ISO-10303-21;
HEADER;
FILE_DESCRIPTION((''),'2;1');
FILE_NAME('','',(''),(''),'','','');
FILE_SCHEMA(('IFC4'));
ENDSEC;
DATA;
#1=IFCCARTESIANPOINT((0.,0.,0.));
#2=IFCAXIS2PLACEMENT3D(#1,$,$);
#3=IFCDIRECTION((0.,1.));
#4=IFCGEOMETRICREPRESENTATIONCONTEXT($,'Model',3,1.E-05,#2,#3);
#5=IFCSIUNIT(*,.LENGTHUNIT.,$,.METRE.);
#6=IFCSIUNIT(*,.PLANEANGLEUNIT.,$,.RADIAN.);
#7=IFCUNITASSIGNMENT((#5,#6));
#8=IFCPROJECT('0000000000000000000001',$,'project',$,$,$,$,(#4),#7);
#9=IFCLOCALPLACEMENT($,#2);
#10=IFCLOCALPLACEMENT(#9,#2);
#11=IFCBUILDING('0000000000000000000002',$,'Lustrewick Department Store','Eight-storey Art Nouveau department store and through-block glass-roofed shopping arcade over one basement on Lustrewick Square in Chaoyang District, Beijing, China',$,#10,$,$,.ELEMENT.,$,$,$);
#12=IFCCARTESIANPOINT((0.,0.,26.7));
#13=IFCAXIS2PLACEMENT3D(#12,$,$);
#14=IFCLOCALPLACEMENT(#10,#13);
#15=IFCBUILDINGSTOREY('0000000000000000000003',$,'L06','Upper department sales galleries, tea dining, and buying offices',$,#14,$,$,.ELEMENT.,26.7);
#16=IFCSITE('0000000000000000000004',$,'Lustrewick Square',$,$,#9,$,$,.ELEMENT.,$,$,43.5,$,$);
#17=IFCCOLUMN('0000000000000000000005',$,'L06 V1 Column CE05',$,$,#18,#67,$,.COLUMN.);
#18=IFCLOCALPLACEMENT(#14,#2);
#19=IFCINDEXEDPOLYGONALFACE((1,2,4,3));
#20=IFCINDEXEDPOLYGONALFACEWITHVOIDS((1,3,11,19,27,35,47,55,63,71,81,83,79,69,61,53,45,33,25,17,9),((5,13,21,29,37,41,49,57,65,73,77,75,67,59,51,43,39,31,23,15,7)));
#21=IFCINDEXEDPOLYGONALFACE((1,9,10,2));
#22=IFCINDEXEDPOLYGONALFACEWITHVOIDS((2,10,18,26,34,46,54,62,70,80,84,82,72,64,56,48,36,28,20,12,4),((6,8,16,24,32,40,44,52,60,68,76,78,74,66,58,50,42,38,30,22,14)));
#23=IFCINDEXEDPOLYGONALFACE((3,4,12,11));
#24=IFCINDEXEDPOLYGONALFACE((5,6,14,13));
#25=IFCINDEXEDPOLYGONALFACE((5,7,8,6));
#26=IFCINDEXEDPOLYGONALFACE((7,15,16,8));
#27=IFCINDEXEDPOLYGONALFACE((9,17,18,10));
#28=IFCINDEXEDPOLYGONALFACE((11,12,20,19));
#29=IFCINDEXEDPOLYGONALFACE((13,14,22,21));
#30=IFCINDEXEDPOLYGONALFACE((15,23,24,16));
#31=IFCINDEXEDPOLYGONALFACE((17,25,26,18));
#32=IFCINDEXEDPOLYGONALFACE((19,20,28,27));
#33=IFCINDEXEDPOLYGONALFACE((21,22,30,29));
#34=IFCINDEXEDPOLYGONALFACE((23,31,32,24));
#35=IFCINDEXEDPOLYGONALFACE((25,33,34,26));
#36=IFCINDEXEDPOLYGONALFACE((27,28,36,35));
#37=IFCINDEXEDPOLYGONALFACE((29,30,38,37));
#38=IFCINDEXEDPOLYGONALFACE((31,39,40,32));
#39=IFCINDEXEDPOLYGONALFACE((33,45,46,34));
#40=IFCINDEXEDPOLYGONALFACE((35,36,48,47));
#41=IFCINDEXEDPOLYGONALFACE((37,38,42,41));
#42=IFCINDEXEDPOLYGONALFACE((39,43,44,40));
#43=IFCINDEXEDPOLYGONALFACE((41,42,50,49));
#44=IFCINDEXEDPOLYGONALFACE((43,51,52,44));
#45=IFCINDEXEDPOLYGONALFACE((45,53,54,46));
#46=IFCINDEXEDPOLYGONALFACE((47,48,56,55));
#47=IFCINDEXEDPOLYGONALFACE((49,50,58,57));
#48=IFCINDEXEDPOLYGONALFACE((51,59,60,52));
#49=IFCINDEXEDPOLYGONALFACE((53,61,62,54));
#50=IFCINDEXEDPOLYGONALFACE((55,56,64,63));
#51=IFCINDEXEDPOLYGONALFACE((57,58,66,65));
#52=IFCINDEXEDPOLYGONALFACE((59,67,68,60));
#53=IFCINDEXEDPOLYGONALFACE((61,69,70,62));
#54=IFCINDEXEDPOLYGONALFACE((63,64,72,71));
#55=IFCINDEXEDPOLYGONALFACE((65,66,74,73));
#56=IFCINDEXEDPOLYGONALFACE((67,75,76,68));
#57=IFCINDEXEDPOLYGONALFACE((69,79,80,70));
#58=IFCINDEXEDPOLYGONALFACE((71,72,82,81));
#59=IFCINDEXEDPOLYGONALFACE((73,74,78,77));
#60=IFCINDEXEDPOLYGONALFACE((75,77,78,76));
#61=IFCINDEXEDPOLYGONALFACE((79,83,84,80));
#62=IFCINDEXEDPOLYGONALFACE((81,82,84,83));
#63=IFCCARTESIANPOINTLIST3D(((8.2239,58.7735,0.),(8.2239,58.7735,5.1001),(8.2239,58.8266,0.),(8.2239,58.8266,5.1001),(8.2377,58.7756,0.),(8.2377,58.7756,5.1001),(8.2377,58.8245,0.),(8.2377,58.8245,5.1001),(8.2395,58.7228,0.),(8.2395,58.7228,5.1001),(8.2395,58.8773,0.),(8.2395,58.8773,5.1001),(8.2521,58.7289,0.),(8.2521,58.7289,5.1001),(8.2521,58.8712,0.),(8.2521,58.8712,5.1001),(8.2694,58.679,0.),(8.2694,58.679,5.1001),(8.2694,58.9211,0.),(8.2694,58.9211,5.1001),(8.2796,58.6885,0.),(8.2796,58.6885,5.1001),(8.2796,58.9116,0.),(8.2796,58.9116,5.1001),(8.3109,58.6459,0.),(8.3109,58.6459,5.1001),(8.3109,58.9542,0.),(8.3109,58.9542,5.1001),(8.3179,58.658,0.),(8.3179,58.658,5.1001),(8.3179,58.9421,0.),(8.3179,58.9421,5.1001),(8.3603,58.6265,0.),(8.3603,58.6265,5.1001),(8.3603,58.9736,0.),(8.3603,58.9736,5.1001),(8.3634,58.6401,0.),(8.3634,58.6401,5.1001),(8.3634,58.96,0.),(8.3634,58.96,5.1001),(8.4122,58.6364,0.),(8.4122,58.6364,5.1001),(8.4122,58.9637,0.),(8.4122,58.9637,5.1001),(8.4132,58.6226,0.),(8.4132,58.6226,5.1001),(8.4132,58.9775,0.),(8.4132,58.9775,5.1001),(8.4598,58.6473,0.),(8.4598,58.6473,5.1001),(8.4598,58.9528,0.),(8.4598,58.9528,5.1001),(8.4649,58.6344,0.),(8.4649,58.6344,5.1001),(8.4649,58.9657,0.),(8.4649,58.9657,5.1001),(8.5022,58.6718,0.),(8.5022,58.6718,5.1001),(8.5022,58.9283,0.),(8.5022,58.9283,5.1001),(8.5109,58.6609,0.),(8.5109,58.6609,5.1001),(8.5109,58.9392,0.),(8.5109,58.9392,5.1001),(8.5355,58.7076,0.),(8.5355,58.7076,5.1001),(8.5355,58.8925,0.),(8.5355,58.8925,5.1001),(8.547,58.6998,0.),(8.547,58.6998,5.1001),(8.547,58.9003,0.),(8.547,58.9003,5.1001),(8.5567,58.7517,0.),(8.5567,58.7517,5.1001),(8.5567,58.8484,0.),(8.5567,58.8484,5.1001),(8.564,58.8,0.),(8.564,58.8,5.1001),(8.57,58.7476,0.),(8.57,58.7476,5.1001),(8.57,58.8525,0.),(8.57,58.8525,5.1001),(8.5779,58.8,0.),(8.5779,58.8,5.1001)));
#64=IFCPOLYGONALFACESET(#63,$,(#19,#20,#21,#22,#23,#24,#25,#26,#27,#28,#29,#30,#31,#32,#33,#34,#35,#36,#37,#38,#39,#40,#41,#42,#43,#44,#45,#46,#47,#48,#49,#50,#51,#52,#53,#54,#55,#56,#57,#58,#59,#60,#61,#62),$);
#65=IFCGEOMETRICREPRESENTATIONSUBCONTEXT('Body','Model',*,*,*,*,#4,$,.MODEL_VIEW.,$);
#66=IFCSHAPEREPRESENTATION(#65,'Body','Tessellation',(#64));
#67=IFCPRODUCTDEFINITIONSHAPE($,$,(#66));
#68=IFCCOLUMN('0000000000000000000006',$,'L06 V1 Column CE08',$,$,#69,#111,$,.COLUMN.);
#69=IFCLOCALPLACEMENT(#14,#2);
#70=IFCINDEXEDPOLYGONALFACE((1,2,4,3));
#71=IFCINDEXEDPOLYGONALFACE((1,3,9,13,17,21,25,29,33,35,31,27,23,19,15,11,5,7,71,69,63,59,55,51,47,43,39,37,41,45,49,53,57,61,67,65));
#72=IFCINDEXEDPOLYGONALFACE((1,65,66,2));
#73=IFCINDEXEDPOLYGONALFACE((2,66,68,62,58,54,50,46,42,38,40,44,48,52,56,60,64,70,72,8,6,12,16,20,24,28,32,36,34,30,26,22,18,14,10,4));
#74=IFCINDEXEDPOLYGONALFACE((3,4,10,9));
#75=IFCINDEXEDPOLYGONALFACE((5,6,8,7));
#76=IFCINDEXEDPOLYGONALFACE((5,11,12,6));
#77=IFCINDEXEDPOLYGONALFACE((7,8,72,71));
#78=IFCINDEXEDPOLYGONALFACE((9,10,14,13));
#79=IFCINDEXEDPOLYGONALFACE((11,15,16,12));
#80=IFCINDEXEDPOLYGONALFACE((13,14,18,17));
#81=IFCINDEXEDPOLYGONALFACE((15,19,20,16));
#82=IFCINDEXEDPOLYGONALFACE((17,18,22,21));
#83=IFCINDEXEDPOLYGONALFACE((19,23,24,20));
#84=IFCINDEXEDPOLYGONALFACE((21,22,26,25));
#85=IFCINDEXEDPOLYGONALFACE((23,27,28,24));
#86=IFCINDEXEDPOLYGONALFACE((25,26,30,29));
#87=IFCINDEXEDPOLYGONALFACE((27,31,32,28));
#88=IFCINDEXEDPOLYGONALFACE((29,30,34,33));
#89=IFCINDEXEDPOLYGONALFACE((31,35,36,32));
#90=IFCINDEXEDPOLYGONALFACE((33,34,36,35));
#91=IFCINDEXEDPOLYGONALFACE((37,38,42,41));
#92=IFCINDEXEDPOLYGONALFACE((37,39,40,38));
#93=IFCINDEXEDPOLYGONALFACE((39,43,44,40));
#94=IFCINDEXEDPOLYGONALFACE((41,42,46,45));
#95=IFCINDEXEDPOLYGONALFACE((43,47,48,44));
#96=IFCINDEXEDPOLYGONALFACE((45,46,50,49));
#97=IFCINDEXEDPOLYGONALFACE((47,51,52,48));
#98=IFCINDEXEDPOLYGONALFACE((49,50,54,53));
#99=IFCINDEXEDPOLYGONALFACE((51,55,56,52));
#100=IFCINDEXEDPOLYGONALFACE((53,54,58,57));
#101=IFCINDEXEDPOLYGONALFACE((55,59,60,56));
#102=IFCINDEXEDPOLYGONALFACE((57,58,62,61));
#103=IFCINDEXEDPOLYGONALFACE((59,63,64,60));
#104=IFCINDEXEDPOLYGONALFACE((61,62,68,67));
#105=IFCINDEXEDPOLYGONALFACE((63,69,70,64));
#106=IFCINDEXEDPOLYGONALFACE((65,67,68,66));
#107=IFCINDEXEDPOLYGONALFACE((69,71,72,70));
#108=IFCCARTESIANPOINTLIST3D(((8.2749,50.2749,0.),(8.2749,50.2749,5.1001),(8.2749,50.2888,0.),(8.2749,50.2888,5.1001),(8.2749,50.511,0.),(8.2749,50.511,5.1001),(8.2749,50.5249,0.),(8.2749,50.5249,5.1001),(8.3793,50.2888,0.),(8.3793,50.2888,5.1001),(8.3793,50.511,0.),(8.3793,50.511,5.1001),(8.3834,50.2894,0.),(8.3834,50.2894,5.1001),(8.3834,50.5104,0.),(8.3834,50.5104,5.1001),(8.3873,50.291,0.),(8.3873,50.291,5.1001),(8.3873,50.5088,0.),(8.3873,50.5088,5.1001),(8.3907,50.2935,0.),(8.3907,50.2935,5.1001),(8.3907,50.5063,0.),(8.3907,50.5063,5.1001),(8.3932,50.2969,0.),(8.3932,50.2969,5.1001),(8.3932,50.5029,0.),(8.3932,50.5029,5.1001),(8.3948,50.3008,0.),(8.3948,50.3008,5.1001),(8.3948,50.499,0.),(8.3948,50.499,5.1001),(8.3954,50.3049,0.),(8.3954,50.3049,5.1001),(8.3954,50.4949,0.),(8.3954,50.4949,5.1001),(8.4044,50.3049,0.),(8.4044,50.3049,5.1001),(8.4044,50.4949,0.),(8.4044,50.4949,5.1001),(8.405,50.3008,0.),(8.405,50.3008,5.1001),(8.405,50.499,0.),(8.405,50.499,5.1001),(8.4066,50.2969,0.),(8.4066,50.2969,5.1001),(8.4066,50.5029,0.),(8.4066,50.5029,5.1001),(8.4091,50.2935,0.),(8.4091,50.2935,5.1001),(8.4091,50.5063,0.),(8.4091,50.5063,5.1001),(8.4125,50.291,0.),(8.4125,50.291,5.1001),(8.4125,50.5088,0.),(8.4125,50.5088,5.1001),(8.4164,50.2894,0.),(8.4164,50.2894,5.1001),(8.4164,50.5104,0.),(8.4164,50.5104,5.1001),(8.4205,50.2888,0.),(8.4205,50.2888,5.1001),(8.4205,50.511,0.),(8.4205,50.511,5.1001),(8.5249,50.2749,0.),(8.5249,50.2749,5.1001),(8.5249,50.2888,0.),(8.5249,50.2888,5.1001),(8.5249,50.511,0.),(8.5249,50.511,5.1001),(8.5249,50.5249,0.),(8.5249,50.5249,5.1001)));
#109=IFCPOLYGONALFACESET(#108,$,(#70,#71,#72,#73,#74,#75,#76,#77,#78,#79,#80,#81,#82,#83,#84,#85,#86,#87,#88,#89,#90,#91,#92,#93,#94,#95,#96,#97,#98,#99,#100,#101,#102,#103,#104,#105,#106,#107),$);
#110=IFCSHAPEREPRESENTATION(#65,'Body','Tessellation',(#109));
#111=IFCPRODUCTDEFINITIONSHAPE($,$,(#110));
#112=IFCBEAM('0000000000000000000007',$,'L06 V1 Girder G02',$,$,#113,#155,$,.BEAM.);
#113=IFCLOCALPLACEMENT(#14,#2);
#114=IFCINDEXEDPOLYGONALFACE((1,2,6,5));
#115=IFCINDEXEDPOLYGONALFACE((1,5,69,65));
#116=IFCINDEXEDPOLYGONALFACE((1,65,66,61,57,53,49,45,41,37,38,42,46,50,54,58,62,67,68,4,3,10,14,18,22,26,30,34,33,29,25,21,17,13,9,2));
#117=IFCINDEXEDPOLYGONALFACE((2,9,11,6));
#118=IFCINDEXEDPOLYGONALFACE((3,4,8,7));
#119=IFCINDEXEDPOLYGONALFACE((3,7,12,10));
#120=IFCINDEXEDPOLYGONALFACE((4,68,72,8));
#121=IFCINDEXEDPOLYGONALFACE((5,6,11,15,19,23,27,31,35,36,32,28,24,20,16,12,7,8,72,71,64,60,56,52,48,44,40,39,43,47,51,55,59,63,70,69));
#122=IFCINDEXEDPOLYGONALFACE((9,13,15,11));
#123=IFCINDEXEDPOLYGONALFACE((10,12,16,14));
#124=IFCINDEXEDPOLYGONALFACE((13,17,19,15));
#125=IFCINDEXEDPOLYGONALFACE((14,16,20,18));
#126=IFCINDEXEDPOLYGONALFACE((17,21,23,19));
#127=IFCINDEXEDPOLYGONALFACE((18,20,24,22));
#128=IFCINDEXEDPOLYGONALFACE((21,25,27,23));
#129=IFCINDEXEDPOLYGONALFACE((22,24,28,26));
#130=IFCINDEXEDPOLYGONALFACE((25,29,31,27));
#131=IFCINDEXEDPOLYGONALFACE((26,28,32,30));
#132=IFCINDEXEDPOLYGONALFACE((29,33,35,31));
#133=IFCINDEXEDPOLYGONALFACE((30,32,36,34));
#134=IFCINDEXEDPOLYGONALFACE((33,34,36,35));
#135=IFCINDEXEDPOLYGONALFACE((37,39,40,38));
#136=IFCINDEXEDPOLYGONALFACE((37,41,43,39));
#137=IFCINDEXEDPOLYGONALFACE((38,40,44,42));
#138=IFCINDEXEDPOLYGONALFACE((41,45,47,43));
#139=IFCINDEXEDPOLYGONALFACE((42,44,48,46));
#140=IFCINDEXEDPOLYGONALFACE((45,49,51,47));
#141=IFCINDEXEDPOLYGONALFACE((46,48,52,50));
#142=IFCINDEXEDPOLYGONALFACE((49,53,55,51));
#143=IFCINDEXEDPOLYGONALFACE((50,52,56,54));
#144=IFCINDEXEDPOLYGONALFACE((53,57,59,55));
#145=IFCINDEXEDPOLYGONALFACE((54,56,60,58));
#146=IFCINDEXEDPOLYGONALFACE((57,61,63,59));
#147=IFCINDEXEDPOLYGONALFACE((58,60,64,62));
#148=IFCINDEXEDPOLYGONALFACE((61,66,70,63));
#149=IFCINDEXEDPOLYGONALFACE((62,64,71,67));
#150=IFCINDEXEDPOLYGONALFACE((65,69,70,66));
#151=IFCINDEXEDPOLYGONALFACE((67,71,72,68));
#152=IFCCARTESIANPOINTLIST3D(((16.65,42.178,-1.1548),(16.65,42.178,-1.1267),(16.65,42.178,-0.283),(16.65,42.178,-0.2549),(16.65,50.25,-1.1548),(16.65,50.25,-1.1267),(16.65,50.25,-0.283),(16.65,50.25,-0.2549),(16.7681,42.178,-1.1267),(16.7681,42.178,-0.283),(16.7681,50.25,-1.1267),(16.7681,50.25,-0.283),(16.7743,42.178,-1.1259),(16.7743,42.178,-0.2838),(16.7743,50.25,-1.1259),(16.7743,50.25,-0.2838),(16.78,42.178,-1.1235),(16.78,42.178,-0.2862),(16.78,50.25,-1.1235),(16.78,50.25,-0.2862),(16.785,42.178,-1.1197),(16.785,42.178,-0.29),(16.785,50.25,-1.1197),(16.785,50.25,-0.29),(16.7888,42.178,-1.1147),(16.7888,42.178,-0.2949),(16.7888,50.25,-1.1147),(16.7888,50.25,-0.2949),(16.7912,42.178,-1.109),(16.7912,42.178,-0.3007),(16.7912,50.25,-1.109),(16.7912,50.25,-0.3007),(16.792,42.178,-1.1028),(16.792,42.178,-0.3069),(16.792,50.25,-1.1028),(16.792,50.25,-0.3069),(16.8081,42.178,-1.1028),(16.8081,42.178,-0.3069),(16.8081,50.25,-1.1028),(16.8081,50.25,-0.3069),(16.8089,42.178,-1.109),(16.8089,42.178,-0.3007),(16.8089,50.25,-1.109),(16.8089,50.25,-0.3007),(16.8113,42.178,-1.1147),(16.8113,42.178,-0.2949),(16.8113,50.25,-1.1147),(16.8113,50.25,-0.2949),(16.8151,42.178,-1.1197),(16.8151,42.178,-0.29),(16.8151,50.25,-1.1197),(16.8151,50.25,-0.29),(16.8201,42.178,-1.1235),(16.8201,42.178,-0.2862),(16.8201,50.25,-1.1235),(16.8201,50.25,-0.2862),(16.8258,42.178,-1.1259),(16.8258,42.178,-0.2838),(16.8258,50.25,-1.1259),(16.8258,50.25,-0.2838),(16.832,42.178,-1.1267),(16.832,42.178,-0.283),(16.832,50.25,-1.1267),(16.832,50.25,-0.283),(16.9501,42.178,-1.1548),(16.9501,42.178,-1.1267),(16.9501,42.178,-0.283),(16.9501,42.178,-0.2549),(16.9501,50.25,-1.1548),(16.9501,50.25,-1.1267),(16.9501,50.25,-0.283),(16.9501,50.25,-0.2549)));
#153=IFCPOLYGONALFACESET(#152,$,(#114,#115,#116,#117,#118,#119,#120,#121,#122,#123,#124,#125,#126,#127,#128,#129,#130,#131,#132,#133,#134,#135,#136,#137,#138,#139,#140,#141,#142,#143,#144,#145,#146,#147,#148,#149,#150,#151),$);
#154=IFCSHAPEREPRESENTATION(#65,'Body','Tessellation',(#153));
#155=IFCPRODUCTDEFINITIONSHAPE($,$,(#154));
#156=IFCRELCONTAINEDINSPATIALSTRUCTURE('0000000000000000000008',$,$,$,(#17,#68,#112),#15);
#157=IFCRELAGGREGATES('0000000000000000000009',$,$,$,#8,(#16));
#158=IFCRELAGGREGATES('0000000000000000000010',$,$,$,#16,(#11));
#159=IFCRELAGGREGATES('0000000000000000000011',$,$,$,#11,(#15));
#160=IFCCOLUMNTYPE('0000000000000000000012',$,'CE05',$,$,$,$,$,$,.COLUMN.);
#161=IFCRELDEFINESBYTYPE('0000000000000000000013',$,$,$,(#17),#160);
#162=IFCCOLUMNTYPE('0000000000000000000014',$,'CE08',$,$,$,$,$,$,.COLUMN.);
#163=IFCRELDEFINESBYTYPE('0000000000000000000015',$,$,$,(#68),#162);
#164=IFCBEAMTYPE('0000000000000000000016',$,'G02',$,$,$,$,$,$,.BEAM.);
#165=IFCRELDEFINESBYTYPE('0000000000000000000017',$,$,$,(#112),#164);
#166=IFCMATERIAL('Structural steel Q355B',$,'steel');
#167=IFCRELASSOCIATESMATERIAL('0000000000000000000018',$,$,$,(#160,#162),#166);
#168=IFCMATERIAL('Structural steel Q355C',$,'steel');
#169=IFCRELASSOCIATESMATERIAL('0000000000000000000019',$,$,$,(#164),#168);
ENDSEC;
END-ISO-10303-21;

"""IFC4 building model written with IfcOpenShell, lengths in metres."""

from ifc_helpers import new_model, si_unit, direction, frame, origin, origin_2d, place, context, subcontext, project, spatial, hollow_circle, i_section, extrude, material, material_profile, profile_set, type_object, element, save


model = new_model("IFC4")

# Units and contexts
model_context = context("Model", 3, precision=1e-05, world=origin(), true_north=direction((0.0, 1.0)))
body_context = subcontext(model_context, "Body", "Model", "MODEL_VIEW")
ifc_project = project(units=[si_unit("LENGTHUNIT", "METRE"), si_unit("PLANEANGLEUNIT", "RADIAN")], contexts=[model_context])

# Site, building, storey
site_placement = place(None, origin())
site = spatial("IfcSite", under=ifc_project, at=site_placement, Name="Lustrewick Square", CompositionType="ELEMENT", RefElevation=43.5)
building_placement = place(site_placement, origin())
building = spatial("IfcBuilding", under=site, at=building_placement, Name="Lustrewick Department Store", Description="Eight-storey Art Nouveau department store and through-block glass-roofed shopping arcade over one basement on Lustrewick Square in Chaoyang District, Beijing, China", CompositionType="ELEMENT")
storey_placement = place(building_placement, frame((0.0, 0.0, 26.7)))
storey = spatial("IfcBuildingStorey", under=building, at=storey_placement, Name="L06", Description="Upper department sales galleries, tea dining, and buying offices", CompositionType="ELEMENT", Elevation=26.7)

# Columns
ifc_material_1 = material(Name="Structural steel Q355B", Category="steel")
ifc_material_profile_1 = material_profile(ifc_material_1, hollow_circle(Radius=0.178, WallThickness=0.0139, at=origin_2d()), Name="CHS 356x14")
ifc_profile_set_1 = profile_set([ifc_material_profile_1], Name="Structural steel Q355B")
column_type_1 = type_object("IfcColumnType", Name="CE05", PredefinedType="COLUMN", material=ifc_profile_set_1)
column_1_placement = place(storey_placement, frame((8.3999, 58.8, 0.0), z_axis=(0.0, 0.0, 1.0), x_axis=(1.0, 0.0, 0.0)))
element("IfcColumn", 1, at=column_1_placement, inside=storey, type_object=column_type_1, Name="L06 V1 Column CE05", PredefinedType="COLUMN", context=body_context, shape_type="SweptSolid", body=[
    extrude(hollow_circle(Radius=0.178, WallThickness=0.0139, at=origin_2d()), origin(), (0.0, 0.0, 1.0), 5.1001),
])
ifc_material_profile_2 = material_profile(ifc_material_1, i_section(OverallWidth=0.25, OverallDepth=0.25, WebThickness=0.009, FlangeThickness=0.0139, FilletRadius=0.0161, at=origin_2d()), Name="HW 250x250x9x14")
ifc_profile_set_2 = profile_set([ifc_material_profile_2], Name="Structural steel Q355B")
column_type_2 = type_object("IfcColumnType", Name="CE08", PredefinedType="COLUMN", material=ifc_profile_set_2)
column_2_placement = place(storey_placement, frame((8.3999, 50.3999, 0.0), z_axis=(0.0, 0.0, 1.0), x_axis=(1.0, 0.0, 0.0)))
element("IfcColumn", 2, at=column_2_placement, inside=storey, type_object=column_type_2, Name="L06 V1 Column CE08", PredefinedType="COLUMN", context=body_context, shape_type="SweptSolid", body=[
    extrude(i_section(OverallWidth=0.25, OverallDepth=0.25, WebThickness=0.009, FlangeThickness=0.0139, FilletRadius=0.0161, at=origin_2d()), origin(), (0.0, 0.0, 1.0), 5.1001),
])

# Beam
ifc_material_2 = material(Name="Structural steel Q355C", Category="steel")
ifc_material_profile_3 = material_profile(ifc_material_2, i_section(OverallWidth=0.3, OverallDepth=0.8999, WebThickness=0.0161, FlangeThickness=0.0281, FilletRadius=0.0239, at=origin_2d()), Name="HN 900x300x16x28")
ifc_profile_set_3 = profile_set([ifc_material_profile_3], Name="Structural steel Q355C")
beam_type_1 = type_object("IfcBeamType", Name="G02", PredefinedType="BEAM", material=ifc_profile_set_3)
beam_1_placement = place(storey_placement, frame((16.8, 42.178, -0.7048), z_axis=(0.0, 1.0, 0.0), x_axis=(-1.0, 0.0, 0.0)))
element("IfcBeam", 3, at=beam_1_placement, inside=storey, type_object=beam_type_1, Name="L06 V1 Girder G02", PredefinedType="BEAM", context=body_context, shape_type="SweptSolid", body=[
    extrude(i_section(OverallWidth=0.3, OverallDepth=0.8999, WebThickness=0.0161, FlangeThickness=0.0281, FilletRadius=0.0239, at=origin_2d()), origin(), (0.0, 0.0, 1.0), 8.072),
])

save(model, "model.ifc")
